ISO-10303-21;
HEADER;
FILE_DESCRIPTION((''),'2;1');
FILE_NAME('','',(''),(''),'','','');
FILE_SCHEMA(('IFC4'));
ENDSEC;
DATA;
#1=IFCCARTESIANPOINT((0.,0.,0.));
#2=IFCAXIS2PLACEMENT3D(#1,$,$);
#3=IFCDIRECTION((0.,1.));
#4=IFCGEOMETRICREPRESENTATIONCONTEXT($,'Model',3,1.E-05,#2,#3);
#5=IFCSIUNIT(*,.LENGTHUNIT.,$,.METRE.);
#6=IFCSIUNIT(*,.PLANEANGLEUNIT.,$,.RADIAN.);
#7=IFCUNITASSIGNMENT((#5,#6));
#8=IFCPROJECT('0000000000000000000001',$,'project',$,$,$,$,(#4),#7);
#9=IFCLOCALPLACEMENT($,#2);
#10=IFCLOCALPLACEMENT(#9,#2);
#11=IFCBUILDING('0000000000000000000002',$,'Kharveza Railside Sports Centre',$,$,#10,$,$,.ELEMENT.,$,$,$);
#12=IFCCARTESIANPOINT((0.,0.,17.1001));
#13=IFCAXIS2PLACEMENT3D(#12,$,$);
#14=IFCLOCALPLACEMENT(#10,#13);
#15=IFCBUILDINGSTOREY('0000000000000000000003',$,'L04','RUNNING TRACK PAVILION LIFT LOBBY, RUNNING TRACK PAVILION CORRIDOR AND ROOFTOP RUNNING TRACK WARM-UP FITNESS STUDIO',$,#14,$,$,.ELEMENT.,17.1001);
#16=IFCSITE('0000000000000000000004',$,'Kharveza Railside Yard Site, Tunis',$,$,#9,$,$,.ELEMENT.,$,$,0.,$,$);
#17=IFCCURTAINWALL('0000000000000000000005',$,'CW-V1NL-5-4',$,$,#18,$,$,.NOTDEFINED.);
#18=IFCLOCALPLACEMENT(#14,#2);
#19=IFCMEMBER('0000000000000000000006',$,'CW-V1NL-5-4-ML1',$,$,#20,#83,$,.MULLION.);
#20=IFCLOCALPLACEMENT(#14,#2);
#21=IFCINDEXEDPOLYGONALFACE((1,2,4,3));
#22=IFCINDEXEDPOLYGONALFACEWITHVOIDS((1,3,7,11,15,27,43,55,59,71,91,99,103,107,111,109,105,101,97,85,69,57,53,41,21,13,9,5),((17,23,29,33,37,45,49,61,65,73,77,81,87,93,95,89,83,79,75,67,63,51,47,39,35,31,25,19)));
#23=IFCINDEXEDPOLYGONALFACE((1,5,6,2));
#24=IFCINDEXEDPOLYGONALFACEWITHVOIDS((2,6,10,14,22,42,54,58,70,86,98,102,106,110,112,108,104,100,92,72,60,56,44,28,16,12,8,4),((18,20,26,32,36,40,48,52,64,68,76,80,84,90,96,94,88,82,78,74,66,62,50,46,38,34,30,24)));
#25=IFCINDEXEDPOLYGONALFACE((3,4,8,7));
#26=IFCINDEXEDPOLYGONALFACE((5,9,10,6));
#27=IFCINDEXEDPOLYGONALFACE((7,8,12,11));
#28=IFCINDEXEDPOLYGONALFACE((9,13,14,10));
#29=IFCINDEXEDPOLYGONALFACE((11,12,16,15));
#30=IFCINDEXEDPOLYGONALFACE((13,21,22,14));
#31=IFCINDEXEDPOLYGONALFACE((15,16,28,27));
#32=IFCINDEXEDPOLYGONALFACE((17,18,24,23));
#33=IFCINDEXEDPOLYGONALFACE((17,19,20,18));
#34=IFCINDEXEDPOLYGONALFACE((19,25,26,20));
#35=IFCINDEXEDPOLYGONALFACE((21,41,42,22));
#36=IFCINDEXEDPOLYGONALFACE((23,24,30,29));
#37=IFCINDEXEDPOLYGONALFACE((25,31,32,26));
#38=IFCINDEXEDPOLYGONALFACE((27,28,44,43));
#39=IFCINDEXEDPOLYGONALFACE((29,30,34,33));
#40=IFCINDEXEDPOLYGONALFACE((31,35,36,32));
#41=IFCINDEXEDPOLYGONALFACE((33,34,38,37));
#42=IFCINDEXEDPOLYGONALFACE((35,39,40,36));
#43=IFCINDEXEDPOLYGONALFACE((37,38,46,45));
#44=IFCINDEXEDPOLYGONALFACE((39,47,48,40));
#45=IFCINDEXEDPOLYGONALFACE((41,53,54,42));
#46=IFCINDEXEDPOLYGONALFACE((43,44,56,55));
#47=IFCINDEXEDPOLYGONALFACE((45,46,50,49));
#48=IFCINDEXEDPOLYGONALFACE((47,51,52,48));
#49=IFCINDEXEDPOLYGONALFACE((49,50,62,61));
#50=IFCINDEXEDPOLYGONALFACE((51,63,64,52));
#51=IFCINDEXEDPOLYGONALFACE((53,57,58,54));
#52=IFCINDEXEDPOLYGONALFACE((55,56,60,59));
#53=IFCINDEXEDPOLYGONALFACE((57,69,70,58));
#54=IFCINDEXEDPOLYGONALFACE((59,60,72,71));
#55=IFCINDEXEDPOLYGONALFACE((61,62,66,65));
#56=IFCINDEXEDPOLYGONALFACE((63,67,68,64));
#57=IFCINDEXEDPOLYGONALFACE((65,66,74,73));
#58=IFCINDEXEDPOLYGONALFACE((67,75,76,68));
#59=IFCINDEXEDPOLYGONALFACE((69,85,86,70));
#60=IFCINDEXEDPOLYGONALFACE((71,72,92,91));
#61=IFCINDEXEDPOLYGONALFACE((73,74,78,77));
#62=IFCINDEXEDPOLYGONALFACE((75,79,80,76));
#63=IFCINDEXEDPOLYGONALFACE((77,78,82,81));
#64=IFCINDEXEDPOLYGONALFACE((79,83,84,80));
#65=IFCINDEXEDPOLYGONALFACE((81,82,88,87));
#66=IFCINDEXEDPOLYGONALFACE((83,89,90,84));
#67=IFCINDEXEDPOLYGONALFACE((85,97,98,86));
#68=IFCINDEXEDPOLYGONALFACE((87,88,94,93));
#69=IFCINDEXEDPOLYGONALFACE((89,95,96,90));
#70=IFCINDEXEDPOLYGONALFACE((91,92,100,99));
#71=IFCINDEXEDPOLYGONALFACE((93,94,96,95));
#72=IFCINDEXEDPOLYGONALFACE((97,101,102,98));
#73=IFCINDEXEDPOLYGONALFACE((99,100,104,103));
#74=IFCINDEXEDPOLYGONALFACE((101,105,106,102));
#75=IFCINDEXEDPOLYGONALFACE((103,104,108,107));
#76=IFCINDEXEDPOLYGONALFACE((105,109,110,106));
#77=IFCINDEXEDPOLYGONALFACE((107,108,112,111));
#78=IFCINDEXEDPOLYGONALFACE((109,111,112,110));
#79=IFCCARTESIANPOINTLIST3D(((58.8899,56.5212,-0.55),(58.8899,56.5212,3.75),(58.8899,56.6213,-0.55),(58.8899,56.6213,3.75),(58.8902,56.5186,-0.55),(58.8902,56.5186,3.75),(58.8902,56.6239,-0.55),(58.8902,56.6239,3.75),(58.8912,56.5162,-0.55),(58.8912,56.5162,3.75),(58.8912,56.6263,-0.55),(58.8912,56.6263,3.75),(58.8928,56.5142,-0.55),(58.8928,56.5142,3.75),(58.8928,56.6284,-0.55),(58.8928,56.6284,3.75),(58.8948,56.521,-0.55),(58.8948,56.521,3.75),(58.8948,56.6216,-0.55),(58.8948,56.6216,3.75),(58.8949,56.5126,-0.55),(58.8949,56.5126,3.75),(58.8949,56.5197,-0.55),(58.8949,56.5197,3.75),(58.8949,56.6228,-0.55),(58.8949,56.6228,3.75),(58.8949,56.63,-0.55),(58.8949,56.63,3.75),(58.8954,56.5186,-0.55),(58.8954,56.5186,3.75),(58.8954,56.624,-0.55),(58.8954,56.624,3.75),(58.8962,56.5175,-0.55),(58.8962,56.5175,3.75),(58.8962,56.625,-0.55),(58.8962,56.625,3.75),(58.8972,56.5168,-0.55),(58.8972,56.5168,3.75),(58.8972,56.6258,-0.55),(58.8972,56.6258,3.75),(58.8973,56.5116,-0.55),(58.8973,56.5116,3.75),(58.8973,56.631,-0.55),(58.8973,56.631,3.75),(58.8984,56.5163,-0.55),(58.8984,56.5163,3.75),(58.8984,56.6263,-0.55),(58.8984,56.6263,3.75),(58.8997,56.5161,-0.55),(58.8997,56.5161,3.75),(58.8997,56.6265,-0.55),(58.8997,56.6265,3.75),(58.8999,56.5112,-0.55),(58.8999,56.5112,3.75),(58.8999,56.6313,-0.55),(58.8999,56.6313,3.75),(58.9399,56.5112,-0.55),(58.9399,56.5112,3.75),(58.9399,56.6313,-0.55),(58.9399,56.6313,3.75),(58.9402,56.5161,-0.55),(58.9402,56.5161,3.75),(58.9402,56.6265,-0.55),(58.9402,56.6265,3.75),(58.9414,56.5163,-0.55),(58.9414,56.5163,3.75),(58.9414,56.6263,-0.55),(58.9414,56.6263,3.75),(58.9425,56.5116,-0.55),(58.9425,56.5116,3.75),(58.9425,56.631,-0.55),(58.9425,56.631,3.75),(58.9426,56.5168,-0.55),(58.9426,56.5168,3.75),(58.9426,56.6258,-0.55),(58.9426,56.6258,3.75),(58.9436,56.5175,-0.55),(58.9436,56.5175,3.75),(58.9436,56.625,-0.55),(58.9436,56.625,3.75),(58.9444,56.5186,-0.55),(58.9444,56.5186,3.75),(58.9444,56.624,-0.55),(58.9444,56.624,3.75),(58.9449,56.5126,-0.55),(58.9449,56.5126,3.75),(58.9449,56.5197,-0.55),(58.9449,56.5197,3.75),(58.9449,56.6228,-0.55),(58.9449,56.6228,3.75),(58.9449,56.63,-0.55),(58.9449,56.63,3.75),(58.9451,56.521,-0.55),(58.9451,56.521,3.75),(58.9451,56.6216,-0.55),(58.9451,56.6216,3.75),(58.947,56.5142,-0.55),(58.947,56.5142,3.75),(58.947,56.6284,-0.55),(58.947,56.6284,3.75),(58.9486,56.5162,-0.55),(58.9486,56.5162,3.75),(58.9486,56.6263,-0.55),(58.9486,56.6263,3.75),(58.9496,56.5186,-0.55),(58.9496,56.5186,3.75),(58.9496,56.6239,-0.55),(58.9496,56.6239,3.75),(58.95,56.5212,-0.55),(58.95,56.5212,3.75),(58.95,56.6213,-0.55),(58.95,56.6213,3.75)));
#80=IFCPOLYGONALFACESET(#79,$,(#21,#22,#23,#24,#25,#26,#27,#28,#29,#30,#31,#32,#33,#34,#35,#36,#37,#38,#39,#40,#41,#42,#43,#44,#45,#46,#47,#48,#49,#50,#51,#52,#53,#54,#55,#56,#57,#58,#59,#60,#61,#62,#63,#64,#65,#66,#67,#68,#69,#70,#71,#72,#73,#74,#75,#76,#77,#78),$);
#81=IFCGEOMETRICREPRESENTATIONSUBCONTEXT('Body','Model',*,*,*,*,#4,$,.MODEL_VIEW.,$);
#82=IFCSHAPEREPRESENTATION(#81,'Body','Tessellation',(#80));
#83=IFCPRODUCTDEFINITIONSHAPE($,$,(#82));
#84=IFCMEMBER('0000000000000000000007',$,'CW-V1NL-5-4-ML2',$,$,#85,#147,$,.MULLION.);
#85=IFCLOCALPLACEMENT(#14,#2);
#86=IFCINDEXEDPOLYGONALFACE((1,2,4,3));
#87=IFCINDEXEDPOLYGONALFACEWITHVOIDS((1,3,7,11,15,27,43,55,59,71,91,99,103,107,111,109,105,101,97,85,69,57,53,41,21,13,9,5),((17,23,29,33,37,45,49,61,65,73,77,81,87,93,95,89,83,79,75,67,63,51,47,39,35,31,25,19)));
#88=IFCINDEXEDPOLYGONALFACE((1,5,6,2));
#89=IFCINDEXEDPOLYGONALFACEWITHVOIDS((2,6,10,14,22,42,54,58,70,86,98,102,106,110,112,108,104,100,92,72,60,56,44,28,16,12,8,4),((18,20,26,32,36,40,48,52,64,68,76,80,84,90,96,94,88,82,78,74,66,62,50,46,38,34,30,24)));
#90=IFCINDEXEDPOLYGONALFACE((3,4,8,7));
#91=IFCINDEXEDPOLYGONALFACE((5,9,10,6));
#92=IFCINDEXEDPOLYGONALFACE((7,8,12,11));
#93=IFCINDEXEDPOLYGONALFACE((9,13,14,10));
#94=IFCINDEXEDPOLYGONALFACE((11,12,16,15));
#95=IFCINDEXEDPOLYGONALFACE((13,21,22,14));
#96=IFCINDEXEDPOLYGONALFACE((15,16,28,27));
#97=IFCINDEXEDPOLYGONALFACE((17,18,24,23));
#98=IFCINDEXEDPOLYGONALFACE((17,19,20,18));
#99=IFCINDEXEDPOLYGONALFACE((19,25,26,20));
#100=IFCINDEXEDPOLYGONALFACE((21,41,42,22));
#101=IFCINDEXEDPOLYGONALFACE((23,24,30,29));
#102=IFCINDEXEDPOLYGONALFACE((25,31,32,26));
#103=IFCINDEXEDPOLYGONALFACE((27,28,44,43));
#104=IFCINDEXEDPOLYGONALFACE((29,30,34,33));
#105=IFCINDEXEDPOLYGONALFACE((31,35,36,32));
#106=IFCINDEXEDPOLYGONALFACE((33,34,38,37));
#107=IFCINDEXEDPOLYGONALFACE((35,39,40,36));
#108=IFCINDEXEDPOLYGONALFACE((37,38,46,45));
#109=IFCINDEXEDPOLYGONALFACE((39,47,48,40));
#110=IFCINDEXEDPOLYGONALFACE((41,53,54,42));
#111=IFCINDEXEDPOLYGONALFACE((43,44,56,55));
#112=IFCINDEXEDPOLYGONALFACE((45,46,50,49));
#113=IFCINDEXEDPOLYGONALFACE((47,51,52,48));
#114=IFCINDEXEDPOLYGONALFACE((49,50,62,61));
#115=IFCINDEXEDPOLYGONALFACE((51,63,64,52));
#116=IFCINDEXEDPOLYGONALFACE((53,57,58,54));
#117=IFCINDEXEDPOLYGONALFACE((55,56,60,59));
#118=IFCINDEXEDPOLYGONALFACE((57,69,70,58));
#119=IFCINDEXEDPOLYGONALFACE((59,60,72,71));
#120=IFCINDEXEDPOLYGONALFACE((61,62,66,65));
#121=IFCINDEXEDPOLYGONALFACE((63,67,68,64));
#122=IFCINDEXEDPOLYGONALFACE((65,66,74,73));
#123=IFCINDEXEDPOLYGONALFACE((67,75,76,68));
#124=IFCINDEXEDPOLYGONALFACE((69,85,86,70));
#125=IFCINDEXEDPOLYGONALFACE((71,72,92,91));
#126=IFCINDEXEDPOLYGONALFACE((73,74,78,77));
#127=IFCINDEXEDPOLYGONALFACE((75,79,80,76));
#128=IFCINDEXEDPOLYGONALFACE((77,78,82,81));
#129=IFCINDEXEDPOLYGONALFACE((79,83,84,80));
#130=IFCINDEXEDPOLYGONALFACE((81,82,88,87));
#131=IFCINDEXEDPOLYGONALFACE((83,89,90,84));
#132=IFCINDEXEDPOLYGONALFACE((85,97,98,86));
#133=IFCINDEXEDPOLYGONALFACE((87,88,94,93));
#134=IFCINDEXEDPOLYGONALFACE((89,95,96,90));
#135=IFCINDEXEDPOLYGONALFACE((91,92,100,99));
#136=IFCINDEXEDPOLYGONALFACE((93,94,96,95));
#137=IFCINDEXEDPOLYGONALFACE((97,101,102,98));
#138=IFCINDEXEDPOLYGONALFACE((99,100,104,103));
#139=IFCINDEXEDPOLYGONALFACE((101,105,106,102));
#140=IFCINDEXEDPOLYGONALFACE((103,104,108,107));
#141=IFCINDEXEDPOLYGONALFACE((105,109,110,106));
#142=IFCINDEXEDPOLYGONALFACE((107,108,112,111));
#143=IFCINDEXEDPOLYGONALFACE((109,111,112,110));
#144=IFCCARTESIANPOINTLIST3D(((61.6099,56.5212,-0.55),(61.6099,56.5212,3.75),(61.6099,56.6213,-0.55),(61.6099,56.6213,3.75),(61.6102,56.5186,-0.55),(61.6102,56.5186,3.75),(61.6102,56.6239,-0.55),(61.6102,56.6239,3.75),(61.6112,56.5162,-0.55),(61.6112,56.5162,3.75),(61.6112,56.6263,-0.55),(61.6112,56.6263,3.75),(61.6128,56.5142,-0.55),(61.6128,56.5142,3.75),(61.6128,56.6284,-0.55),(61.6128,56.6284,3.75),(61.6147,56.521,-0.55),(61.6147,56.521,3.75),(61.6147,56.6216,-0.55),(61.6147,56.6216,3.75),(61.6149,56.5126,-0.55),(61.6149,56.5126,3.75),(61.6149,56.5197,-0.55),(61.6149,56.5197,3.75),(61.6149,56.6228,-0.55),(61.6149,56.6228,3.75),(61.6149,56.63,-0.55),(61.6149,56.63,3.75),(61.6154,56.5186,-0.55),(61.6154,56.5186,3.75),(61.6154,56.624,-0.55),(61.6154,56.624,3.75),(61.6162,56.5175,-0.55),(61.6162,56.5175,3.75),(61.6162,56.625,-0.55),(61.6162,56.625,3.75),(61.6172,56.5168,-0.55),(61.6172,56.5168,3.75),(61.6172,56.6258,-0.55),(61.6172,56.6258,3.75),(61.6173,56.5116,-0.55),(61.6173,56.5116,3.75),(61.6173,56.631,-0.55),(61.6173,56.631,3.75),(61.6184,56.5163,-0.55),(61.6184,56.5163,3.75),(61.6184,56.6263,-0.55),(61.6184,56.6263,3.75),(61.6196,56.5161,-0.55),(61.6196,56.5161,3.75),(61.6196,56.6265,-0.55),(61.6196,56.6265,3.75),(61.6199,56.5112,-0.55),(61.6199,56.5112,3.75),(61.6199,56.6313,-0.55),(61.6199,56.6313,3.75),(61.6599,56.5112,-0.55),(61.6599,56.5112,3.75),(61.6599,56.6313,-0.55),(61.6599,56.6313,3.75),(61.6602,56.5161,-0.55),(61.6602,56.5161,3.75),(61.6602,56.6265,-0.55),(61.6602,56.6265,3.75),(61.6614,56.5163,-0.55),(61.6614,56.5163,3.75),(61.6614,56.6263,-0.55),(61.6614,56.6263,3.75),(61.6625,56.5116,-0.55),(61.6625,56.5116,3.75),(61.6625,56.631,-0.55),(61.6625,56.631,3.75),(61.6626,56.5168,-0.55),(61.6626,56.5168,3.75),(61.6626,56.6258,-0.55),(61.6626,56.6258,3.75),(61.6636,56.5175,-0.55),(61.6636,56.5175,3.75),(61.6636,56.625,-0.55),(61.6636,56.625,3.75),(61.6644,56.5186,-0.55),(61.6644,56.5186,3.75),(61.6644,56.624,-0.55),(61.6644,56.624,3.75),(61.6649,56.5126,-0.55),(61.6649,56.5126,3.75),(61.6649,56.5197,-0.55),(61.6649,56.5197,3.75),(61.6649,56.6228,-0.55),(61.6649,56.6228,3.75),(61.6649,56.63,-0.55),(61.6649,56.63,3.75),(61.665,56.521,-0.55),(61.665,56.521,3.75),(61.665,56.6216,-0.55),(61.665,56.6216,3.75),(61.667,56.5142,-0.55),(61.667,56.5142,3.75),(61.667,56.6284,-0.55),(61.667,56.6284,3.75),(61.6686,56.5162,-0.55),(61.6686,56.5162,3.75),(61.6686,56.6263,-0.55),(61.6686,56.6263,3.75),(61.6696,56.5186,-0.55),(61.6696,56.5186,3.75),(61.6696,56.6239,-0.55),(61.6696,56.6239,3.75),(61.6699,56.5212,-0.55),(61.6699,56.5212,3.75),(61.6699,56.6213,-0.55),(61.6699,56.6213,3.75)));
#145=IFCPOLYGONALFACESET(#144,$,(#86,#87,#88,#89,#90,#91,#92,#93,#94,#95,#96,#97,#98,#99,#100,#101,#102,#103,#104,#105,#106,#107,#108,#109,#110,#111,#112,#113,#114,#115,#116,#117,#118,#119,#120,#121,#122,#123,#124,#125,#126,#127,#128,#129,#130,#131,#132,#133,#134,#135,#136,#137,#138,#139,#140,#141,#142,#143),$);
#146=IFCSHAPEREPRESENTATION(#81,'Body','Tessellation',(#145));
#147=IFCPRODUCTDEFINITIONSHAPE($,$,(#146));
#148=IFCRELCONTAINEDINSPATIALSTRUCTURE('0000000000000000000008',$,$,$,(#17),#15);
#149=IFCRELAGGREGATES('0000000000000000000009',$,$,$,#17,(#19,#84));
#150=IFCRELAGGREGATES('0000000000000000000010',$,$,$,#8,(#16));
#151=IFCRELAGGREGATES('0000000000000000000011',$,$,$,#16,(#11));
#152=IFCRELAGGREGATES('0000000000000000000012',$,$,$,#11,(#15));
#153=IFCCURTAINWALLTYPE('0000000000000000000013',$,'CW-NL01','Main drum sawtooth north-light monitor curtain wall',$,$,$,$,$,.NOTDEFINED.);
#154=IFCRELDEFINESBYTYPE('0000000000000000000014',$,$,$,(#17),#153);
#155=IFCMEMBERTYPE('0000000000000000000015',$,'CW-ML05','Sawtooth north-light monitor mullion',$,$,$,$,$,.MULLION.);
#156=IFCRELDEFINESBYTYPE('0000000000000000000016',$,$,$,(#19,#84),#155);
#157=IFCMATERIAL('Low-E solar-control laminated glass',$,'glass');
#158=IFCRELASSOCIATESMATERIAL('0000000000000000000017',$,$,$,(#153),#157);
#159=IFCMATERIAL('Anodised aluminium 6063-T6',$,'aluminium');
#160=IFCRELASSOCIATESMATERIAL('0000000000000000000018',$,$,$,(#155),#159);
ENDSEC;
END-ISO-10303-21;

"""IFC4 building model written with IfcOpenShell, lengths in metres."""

from ifc_helpers import new_model, si_unit, direction, frame, origin, origin_2d, place, context, subcontext, project, spatial, hollow_rectangle, extrude, material, material_profile, profile_set, type_object, element, aggregate, save


model = new_model("IFC4")

# Units and contexts
model_context = context("Model", 3, precision=1e-05, world=origin(), true_north=direction((0.0, 1.0)))
body_context = subcontext(model_context, "Body", "Model", "MODEL_VIEW")
ifc_project = project(units=[si_unit("LENGTHUNIT", "METRE"), si_unit("PLANEANGLEUNIT", "RADIAN")], contexts=[model_context])

# Site, building, storey
site_placement = place(None, origin())
site = spatial("IfcSite", under=ifc_project, at=site_placement, Name="Kharveza Railside Yard Site, Tunis", CompositionType="ELEMENT", RefElevation=0.0)
building_placement = place(site_placement, origin())
building = spatial("IfcBuilding", under=site, at=building_placement, Name="Kharveza Railside Sports Centre", CompositionType="ELEMENT")
storey_placement = place(building_placement, frame((0.0, 0.0, 17.1001)))
storey = spatial("IfcBuildingStorey", under=building, at=storey_placement, Name="L04", Description="RUNNING TRACK PAVILION LIFT LOBBY, RUNNING TRACK PAVILION CORRIDOR AND ROOFTOP RUNNING TRACK WARM-UP FITNESS STUDIO", CompositionType="ELEMENT", Elevation=17.1001)

# Curtain wall, members
ifc_material_1 = material(Name="Low-E solar-control laminated glass", Category="glass")
curtain_wall_type = type_object("IfcCurtainWallType", Name="CW-NL01", Description="Main drum sawtooth north-light monitor curtain wall", PredefinedType="NOTDEFINED", material=ifc_material_1)
ifc_material_2 = material(Name="Anodised aluminium 6063-T6", Category="aluminium")
ifc_material_profile_1 = material_profile(ifc_material_2, hollow_rectangle(XDim=0.0601, YDim=0.1201, WallThickness=0.0049, InnerFilletRadius=0.0049, OuterFilletRadius=0.01, at=origin_2d()), Name="RHS 60x120x5.0")
ifc_profile_set_1 = profile_set([ifc_material_profile_1], Name="Anodised aluminium 6063-T6")
member_type_1 = type_object("IfcMemberType", Name="CW-ML05", Description="Sawtooth north-light monitor mullion", PredefinedType="MULLION", material=ifc_profile_set_1)
curtain_wall_1_placement = place(storey_placement, origin())
curtain_wall_1 = element("IfcCurtainWall", 1, at=curtain_wall_1_placement, inside=storey, type_object=curtain_wall_type, Name="CW-V1NL-5-4", PredefinedType="NOTDEFINED")
member_1_placement = place(storey_placement, frame((58.9199, 56.5713, -0.55), z_axis=(0.0, 0.0, 1.0), x_axis=(1.0, 0.0, 0.0)))
member_1 = element("IfcMember", 2, at=member_1_placement, type_object=member_type_1, Name="CW-V1NL-5-4-ML1", PredefinedType="MULLION", context=body_context, shape_type="SweptSolid", body=[
    extrude(hollow_rectangle(XDim=0.0601, YDim=0.1201, WallThickness=0.0049, InnerFilletRadius=0.0049, OuterFilletRadius=0.01, at=origin_2d()), origin(), (0.0, 0.0, 1.0), 4.3),
])
member_2_placement = place(storey_placement, frame((61.6399, 56.5713, -0.55), z_axis=(0.0, 0.0, 1.0), x_axis=(1.0, 0.0, 0.0)))
member_2 = element("IfcMember", 3, at=member_2_placement, type_object=member_type_1, Name="CW-V1NL-5-4-ML2", PredefinedType="MULLION", context=body_context, shape_type="SweptSolid", body=[
    extrude(hollow_rectangle(XDim=0.0601, YDim=0.1201, WallThickness=0.0049, InnerFilletRadius=0.0049, OuterFilletRadius=0.01, at=origin_2d()), origin(), (0.0, 0.0, 1.0), 4.3),
])

aggregate(curtain_wall_1, [member_1, member_2])

save(model, "model.ifc")
